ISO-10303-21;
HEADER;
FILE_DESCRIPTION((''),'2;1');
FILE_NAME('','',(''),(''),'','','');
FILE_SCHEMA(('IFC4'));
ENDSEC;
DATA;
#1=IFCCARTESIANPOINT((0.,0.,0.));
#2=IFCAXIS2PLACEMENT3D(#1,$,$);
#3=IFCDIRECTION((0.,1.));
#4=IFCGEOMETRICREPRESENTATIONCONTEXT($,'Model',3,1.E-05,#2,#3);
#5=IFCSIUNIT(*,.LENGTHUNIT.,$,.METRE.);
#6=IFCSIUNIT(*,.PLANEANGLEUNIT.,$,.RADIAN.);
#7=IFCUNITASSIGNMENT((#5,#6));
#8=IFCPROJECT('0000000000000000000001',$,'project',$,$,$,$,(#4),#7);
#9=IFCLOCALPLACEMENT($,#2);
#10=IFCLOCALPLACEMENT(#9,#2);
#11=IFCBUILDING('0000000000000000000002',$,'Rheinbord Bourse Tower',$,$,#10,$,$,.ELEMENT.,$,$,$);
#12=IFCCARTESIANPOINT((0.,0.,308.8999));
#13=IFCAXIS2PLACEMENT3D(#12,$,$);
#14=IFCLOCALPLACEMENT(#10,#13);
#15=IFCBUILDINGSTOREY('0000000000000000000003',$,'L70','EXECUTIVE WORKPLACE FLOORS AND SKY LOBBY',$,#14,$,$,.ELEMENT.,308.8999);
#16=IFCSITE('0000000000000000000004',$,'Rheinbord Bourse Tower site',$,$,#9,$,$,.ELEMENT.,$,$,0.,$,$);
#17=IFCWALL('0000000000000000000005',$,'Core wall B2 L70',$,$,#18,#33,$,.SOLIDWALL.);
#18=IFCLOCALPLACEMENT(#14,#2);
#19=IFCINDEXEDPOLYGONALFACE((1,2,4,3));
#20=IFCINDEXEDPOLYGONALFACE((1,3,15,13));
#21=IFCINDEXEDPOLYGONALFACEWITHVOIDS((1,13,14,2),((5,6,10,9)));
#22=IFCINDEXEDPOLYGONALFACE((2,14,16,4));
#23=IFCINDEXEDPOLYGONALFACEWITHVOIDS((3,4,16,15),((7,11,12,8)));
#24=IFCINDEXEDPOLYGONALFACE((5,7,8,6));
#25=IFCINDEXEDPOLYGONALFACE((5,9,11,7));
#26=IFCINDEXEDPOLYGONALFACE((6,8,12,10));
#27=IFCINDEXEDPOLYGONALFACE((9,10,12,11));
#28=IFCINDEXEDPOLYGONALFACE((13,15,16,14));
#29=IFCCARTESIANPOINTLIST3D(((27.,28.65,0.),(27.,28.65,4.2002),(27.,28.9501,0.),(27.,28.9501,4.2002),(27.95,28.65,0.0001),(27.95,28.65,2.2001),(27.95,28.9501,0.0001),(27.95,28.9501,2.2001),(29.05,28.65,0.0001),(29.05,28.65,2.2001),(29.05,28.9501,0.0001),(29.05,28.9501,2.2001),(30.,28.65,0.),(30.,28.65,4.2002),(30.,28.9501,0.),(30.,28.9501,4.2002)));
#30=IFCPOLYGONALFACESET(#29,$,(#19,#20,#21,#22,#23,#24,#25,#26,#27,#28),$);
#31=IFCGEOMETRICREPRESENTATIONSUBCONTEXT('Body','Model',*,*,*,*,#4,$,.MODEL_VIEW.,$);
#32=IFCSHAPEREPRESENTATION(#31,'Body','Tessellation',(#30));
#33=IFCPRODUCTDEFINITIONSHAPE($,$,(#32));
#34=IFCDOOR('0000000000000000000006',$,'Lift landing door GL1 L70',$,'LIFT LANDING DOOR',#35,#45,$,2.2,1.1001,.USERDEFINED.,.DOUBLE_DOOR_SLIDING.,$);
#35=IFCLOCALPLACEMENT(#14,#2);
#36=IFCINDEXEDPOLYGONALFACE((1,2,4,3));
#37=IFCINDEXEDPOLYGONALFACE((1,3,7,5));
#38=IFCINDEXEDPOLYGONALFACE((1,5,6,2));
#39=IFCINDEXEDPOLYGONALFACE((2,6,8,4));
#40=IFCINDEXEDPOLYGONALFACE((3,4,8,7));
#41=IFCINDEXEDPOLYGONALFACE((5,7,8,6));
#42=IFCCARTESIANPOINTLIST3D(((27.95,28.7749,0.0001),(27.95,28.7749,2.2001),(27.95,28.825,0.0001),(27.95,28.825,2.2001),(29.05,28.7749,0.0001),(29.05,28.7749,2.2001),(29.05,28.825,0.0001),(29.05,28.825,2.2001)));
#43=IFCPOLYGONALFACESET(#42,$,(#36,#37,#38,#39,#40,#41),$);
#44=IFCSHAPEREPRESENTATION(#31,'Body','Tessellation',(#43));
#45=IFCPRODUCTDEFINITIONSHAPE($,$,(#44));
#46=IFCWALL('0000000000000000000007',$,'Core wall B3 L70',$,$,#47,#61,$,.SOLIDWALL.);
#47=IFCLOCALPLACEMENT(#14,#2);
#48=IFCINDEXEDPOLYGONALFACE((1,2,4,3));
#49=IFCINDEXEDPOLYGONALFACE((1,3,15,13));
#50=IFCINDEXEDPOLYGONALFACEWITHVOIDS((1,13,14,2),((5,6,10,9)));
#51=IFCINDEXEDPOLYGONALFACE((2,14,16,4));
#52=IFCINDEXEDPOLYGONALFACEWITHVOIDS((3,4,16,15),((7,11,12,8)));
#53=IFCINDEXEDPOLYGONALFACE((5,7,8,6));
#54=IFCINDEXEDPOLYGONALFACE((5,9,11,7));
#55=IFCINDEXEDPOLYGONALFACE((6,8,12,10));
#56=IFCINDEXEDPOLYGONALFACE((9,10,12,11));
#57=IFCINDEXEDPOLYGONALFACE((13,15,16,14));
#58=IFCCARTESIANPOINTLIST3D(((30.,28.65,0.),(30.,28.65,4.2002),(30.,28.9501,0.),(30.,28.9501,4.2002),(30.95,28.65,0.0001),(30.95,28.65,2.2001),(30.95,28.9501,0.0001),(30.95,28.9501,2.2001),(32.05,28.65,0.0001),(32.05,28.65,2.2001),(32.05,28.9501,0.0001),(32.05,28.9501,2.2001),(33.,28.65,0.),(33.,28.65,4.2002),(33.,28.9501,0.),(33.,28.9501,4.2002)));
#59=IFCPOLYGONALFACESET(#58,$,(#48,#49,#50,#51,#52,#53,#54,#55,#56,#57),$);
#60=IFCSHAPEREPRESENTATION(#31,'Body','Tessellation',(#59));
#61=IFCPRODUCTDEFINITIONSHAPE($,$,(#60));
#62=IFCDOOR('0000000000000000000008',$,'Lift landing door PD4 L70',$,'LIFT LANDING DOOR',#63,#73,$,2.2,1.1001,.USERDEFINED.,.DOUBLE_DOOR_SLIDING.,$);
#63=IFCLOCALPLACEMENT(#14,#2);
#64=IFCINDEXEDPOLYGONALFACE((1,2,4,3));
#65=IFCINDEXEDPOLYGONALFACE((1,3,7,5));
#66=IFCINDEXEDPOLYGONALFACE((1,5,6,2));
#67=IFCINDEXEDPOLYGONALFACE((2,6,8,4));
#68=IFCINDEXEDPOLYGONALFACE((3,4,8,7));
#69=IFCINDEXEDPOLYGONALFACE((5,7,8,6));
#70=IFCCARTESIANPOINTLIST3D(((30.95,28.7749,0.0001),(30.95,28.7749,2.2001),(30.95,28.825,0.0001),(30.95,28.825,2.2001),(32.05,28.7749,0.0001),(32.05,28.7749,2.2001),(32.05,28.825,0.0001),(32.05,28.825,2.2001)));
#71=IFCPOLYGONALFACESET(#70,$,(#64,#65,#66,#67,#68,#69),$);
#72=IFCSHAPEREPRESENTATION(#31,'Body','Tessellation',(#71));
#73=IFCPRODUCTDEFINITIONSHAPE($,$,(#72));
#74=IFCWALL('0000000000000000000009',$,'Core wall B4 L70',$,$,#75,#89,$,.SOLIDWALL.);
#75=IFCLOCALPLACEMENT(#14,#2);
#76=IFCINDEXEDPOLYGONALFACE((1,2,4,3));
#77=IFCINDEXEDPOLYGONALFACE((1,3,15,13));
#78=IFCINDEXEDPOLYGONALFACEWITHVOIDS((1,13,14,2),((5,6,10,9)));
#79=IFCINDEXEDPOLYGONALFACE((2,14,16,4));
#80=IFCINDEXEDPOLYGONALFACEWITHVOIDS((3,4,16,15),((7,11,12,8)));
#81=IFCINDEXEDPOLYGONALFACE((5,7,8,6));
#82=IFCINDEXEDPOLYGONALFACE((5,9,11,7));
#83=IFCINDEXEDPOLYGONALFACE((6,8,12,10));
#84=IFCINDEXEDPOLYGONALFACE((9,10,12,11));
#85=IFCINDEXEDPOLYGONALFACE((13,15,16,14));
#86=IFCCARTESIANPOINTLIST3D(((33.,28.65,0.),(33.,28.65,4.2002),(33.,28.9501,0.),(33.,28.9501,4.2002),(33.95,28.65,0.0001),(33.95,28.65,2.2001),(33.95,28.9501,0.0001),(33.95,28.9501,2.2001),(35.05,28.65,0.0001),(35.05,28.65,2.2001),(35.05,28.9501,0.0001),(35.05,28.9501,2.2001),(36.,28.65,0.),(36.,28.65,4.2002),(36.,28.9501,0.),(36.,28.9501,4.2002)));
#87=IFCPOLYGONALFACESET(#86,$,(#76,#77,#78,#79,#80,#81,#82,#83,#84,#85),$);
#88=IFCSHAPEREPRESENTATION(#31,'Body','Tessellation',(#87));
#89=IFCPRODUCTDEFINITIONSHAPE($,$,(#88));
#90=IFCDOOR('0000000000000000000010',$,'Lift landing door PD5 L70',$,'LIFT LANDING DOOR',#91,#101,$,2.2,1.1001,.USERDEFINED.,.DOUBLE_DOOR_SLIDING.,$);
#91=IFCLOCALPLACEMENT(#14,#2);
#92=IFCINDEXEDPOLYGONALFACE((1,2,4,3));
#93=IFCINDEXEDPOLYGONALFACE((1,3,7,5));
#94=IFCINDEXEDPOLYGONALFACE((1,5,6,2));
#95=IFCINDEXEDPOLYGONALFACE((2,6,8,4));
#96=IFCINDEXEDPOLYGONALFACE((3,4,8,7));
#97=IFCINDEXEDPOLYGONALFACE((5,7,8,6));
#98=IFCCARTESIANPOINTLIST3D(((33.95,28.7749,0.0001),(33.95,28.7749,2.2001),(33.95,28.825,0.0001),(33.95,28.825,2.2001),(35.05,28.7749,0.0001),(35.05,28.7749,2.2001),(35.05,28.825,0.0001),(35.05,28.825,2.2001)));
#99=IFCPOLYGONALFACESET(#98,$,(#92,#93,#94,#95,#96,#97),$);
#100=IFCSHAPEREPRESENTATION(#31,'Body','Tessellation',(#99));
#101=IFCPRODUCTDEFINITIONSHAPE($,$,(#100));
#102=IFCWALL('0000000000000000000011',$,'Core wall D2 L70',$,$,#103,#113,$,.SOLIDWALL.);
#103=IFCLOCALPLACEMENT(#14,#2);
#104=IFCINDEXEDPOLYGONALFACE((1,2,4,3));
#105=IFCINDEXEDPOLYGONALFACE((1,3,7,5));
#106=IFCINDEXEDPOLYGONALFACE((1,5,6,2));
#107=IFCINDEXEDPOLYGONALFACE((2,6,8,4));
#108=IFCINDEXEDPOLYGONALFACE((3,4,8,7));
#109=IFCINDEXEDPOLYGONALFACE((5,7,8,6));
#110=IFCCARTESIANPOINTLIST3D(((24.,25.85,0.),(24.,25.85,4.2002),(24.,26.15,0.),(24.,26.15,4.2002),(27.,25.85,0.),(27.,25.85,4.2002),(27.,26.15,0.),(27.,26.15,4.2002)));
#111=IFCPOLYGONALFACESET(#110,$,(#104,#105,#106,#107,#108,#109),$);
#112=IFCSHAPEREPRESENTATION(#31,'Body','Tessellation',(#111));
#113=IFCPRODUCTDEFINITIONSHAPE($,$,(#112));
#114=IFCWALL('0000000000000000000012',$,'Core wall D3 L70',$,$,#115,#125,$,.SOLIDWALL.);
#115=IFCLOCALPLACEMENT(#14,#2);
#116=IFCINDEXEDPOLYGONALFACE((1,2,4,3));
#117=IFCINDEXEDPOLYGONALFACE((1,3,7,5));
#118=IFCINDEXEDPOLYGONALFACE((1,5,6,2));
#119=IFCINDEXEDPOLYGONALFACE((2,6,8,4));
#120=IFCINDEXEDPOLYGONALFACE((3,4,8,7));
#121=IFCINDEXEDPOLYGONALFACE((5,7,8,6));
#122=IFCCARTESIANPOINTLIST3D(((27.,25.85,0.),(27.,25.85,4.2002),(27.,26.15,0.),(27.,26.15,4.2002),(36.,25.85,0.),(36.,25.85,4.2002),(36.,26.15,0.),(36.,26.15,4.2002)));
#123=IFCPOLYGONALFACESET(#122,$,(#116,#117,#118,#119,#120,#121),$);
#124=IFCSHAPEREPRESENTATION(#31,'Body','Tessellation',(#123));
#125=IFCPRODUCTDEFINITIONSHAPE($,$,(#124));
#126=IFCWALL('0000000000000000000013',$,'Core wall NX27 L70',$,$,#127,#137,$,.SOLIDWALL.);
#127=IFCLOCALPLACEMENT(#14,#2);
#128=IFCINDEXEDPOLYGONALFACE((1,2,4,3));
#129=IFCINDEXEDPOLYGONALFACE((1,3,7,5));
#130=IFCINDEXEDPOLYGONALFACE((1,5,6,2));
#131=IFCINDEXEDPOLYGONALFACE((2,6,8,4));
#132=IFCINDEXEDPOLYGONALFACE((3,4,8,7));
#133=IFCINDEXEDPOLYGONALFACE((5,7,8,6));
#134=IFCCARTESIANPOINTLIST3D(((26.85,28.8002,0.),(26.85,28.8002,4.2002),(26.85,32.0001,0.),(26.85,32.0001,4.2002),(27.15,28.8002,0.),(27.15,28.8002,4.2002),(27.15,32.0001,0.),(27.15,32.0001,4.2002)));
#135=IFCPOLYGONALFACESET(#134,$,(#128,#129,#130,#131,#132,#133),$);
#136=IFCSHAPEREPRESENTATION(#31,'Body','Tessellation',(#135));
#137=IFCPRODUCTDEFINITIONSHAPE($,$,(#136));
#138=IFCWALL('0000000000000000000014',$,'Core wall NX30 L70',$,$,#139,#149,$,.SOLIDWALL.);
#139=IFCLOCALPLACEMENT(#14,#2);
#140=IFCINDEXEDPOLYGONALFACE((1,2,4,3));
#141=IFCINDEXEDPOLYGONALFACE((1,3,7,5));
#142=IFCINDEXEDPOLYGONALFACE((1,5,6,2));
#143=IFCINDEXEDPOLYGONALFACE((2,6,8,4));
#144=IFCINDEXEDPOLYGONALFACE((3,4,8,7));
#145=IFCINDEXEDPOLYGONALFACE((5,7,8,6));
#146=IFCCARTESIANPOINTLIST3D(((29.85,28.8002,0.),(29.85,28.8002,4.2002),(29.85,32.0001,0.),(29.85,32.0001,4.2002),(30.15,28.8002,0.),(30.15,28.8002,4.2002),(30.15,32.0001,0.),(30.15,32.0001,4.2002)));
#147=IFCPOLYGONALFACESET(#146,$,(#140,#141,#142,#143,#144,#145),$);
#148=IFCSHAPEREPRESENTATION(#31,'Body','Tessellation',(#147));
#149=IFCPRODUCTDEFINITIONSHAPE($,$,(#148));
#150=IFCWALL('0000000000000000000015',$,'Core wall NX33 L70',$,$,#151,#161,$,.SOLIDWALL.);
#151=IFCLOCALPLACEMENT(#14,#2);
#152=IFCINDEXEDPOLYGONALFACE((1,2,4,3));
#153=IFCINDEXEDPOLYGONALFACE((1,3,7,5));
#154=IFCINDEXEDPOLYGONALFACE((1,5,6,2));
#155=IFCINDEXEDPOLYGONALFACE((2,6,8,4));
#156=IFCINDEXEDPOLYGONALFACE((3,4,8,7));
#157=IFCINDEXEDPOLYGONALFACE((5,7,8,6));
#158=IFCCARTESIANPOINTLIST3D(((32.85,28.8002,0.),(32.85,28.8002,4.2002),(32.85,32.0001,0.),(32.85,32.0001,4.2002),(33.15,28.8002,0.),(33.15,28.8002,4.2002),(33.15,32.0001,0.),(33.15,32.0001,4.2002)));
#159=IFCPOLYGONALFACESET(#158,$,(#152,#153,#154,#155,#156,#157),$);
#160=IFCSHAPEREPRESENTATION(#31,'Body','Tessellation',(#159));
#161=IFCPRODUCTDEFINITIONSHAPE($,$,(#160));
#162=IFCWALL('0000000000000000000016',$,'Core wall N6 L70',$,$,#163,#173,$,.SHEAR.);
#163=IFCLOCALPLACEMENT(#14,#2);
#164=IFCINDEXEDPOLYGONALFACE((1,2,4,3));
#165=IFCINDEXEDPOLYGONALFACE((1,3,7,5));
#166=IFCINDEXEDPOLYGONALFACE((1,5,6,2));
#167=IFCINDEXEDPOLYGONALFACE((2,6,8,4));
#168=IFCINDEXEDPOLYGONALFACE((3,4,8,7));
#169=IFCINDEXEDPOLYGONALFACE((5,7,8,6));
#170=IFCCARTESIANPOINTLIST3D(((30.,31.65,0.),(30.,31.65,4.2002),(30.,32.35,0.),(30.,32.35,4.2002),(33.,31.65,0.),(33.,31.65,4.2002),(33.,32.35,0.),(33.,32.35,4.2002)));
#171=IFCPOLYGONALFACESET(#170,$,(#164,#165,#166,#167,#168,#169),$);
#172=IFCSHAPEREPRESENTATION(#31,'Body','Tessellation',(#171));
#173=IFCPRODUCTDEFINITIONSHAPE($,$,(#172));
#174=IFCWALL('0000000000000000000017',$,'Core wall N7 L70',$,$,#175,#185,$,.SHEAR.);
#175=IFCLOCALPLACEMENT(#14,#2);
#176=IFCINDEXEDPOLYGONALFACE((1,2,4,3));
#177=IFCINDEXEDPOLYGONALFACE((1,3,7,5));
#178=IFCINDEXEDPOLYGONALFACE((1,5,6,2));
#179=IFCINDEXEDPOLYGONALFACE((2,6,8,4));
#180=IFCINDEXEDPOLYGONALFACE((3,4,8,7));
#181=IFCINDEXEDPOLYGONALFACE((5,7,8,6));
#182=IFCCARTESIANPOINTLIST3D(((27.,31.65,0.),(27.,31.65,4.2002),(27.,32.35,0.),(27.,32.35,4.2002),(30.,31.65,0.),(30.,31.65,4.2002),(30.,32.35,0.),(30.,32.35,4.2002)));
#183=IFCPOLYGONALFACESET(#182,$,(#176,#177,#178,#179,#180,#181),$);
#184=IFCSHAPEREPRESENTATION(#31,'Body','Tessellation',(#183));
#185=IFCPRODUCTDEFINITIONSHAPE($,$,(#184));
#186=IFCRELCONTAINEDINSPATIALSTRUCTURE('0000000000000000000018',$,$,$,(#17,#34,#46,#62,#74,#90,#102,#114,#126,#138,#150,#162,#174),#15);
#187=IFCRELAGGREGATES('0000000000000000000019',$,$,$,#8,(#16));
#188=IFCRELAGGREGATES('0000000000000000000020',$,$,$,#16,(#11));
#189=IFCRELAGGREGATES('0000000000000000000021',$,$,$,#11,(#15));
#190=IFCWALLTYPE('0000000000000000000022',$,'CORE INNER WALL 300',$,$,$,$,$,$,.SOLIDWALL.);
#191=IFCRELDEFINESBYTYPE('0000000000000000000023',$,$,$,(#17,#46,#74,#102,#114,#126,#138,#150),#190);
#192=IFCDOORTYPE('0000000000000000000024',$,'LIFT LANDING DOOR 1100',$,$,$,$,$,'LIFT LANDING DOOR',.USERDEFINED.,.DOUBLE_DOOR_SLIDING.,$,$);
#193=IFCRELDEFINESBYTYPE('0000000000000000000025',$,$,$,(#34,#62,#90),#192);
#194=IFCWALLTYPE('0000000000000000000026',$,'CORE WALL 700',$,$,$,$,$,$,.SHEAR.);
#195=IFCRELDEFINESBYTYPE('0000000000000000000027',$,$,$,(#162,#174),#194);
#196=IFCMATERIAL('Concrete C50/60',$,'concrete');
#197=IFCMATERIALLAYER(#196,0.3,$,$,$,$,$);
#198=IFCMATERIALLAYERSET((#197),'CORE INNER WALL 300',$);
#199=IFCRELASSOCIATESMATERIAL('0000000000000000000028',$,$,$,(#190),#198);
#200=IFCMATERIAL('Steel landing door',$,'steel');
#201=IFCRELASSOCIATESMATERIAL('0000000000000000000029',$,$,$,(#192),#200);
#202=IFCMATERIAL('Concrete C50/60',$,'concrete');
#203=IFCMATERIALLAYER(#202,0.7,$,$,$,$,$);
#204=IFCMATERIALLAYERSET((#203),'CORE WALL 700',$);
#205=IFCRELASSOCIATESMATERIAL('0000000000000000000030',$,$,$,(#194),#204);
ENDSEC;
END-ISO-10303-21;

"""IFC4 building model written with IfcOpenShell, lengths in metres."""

from ifc_helpers import new_model, si_unit, direction, frame, frame_2d, origin, place, context, subcontext, project, spatial, rectangle, extrude, material, layer, layer_set, type_object, element, fill, save


model = new_model("IFC4")

# Units and contexts
model_context = context("Model", 3, precision=1e-05, world=origin(), true_north=direction((0.0, 1.0)))
body_context = subcontext(model_context, "Body", "Model", "MODEL_VIEW")
ifc_project = project(units=[si_unit("LENGTHUNIT", "METRE"), si_unit("PLANEANGLEUNIT", "RADIAN")], contexts=[model_context])

# Site, building, storey
site_placement = place(None, origin())
site = spatial("IfcSite", under=ifc_project, at=site_placement, Name="Rheinbord Bourse Tower site", CompositionType="ELEMENT", RefElevation=0.0)
building_placement = place(site_placement, origin())
building = spatial("IfcBuilding", under=site, at=building_placement, Name="Rheinbord Bourse Tower", CompositionType="ELEMENT")
storey_placement = place(building_placement, frame((0.0, 0.0, 308.8999)))
storey = spatial("IfcBuildingStorey", under=building, at=storey_placement, Name="L70", Description="EXECUTIVE WORKPLACE FLOORS AND SKY LOBBY", CompositionType="ELEMENT", Elevation=308.8999)

# Walls, openings, doors
ifc_material_1 = material(Name="Concrete C50/60", Category="concrete")
ifc_layer_1 = layer(ifc_material_1, 0.3)
ifc_layer_set_1 = layer_set([ifc_layer_1], Name="CORE INNER WALL 300")
wall_type_1 = type_object("IfcWallType", Name="CORE INNER WALL 300", PredefinedType="SOLIDWALL", material=ifc_layer_set_1)
wall_1_placement = place(storey_placement, frame((27.0, 28.8, 0.0), z_axis=(0.0, 0.0, 1.0), x_axis=(1.0, 0.0, 0.0)))
wall_1 = element("IfcWall", 1, at=wall_1_placement, inside=storey, type_object=wall_type_1, Name="Core wall B2 L70", PredefinedType="SOLIDWALL", context=body_context, shape_type="SweptSolid", body=[
    extrude(rectangle(XDim=3.0, YDim=0.3, at=frame_2d((1.5, 0.0))), origin(), (0.0, 0.0, 1.0), 4.2002),
])
opening_1_placement = place(wall_1_placement, frame((0.95, 0.0, 0.0)))
opening_1 = element("IfcOpeningElement", 2, at=opening_1_placement, cuts=wall_1, PredefinedType="OPENING", context=body_context, shape_type="SweptSolid", body=[
    extrude(rectangle(XDim=1.1001, YDim=2.2, at=frame_2d((0.55, 1.1001))), frame((0.0, 0.1599, 0.0), z_axis=(0.0, -1.0, 0.0), x_axis=(1.0, 0.0, 0.0)), (0.0, 0.0, 1.0), 0.3201),
])
ifc_material_2 = material(Name="Steel landing door", Category="steel")
door_type = type_object("IfcDoorType", Name="LIFT LANDING DOOR 1100", ElementType="LIFT LANDING DOOR", OperationType="DOUBLE_DOOR_SLIDING", PredefinedType="USERDEFINED", material=ifc_material_2)
door_1_placement = place(opening_1_placement, origin())
door_1 = element("IfcDoor", 3, at=door_1_placement, inside=storey, type_object=door_type, Name="Lift landing door GL1 L70", ObjectType="LIFT LANDING DOOR", OperationType="DOUBLE_DOOR_SLIDING", OverallHeight=2.2, OverallWidth=1.1001, PredefinedType="USERDEFINED", context=body_context, shape_type="SweptSolid", body=[
    extrude(rectangle(XDim=1.1001, YDim=2.2, at=frame_2d((0.55, 1.1001))), frame((0.0, 0.0249, 0.0), z_axis=(0.0, -1.0, 0.0), x_axis=(1.0, 0.0, 0.0)), (0.0, 0.0, 1.0), 0.05),
])
fill(opening_1, door_1)
wall_2_placement = place(storey_placement, frame((30.0, 28.8, 0.0), z_axis=(0.0, 0.0, 1.0), x_axis=(1.0, 0.0, 0.0)))
wall_2 = element("IfcWall", 4, at=wall_2_placement, inside=storey, type_object=wall_type_1, Name="Core wall B3 L70", PredefinedType="SOLIDWALL", context=body_context, shape_type="SweptSolid", body=[
    extrude(rectangle(XDim=3.0, YDim=0.3, at=frame_2d((1.5, 0.0))), origin(), (0.0, 0.0, 1.0), 4.2002),
])
opening_2_placement = place(wall_2_placement, frame((0.95, 0.0, 0.0)))
opening_2 = element("IfcOpeningElement", 5, at=opening_2_placement, cuts=wall_2, PredefinedType="OPENING", context=body_context, shape_type="SweptSolid", body=[
    extrude(rectangle(XDim=1.1001, YDim=2.2, at=frame_2d((0.55, 1.1001))), frame((0.0, 0.1599, 0.0), z_axis=(0.0, -1.0, 0.0), x_axis=(1.0, 0.0, 0.0)), (0.0, 0.0, 1.0), 0.3201),
])
door_2_placement = place(opening_2_placement, origin())
door_2 = element("IfcDoor", 6, at=door_2_placement, inside=storey, type_object=door_type, Name="Lift landing door PD4 L70", ObjectType="LIFT LANDING DOOR", OperationType="DOUBLE_DOOR_SLIDING", OverallHeight=2.2, OverallWidth=1.1001, PredefinedType="USERDEFINED", context=body_context, shape_type="SweptSolid", body=[
    extrude(rectangle(XDim=1.1001, YDim=2.2, at=frame_2d((0.55, 1.1001))), frame((0.0, 0.0249, 0.0), z_axis=(0.0, -1.0, 0.0), x_axis=(1.0, 0.0, 0.0)), (0.0, 0.0, 1.0), 0.05),
])
fill(opening_2, door_2)
wall_3_placement = place(storey_placement, frame((33.0, 28.8, 0.0), z_axis=(0.0, 0.0, 1.0), x_axis=(1.0, 0.0, 0.0)))
wall_3 = element("IfcWall", 7, at=wall_3_placement, inside=storey, type_object=wall_type_1, Name="Core wall B4 L70", PredefinedType="SOLIDWALL", context=body_context, shape_type="SweptSolid", body=[
    extrude(rectangle(XDim=3.0, YDim=0.3, at=frame_2d((1.5, 0.0))), origin(), (0.0, 0.0, 1.0), 4.2002),
])
opening_3_placement = place(wall_3_placement, frame((0.95, 0.0, 0.0)))
opening_3 = element("IfcOpeningElement", 8, at=opening_3_placement, cuts=wall_3, PredefinedType="OPENING", context=body_context, shape_type="SweptSolid", body=[
    extrude(rectangle(XDim=1.1001, YDim=2.2, at=frame_2d((0.55, 1.1001))), frame((0.0, 0.1599, 0.0), z_axis=(0.0, -1.0, 0.0), x_axis=(1.0, 0.0, 0.0)), (0.0, 0.0, 1.0), 0.3201),
])
door_3_placement = place(opening_3_placement, origin())
door_3 = element("IfcDoor", 9, at=door_3_placement, inside=storey, type_object=door_type, Name="Lift landing door PD5 L70", ObjectType="LIFT LANDING DOOR", OperationType="DOUBLE_DOOR_SLIDING", OverallHeight=2.2, OverallWidth=1.1001, PredefinedType="USERDEFINED", context=body_context, shape_type="SweptSolid", body=[
    extrude(rectangle(XDim=1.1001, YDim=2.2, at=frame_2d((0.55, 1.1001))), frame((0.0, 0.0249, 0.0), z_axis=(0.0, -1.0, 0.0), x_axis=(1.0, 0.0, 0.0)), (0.0, 0.0, 1.0), 0.05),
])
fill(opening_3, door_3)

# Walls
wall_4_placement = place(storey_placement, frame((24.0, 26.0, 0.0), z_axis=(0.0, 0.0, 1.0), x_axis=(1.0, 0.0, 0.0)))
element("IfcWall", 10, at=wall_4_placement, inside=storey, type_object=wall_type_1, Name="Core wall D2 L70", PredefinedType="SOLIDWALL", context=body_context, shape_type="SweptSolid", body=[
    extrude(rectangle(XDim=3.0, YDim=0.3, at=frame_2d((1.5, 0.0))), origin(), (0.0, 0.0, 1.0), 4.2002),
])
wall_5_placement = place(storey_placement, frame((27.0, 26.0, 0.0), z_axis=(0.0, 0.0, 1.0), x_axis=(1.0, 0.0, 0.0)))
element("IfcWall", 11, at=wall_5_placement, inside=storey, type_object=wall_type_1, Name="Core wall D3 L70", PredefinedType="SOLIDWALL", context=body_context, shape_type="SweptSolid", body=[
    extrude(rectangle(XDim=9.0, YDim=0.3, at=frame_2d((4.5, 0.0))), origin(), (0.0, 0.0, 1.0), 4.2002),
])
for number, where, z_axis, x_axis, name in (
    (12, (27.0, 28.8, 0.0), (0.0, 0.0, 1.0), (0.0, 1.0, 0.0), "Core wall NX27 L70"),
    (13, (30.0, 28.8, 0.0), (0.0, 0.0, 1.0), (0.0, 1.0, 0.0), "Core wall NX30 L70"),
    (14, (33.0, 28.8, 0.0), (0.0, 0.0, 1.0), (0.0, 1.0, 0.0), "Core wall NX33 L70"),
):
    element("IfcWall", number, at=place(storey_placement, frame(where, z_axis=z_axis, x_axis=x_axis)), inside=storey, type_object=wall_type_1, Name=name, PredefinedType="SOLIDWALL", context=body_context, shape_type="SweptSolid", body=[
        extrude(rectangle(XDim=3.2, YDim=0.3, at=frame_2d((1.6001, 0.0))), origin(), (0.0, 0.0, 1.0), 4.2002),
    ])
ifc_material_3 = material(Name="Concrete C50/60", Category="concrete")
ifc_layer_2 = layer(ifc_material_3, 0.7)
ifc_layer_set_2 = layer_set([ifc_layer_2], Name="CORE WALL 700")
wall_type_2 = type_object("IfcWallType", Name="CORE WALL 700", PredefinedType="SHEAR", material=ifc_layer_set_2)
for number, where, z_axis, x_axis, name in (
    (15, (33.0, 32.0, 0.0), (0.0, 0.0, 1.0), (-1.0, 0.0, 0.0), "Core wall N6 L70"),
    (16, (30.0, 32.0, 0.0), (0.0, 0.0, 1.0), (-1.0, 0.0, 0.0), "Core wall N7 L70"),
):
    element("IfcWall", number, at=place(storey_placement, frame(where, z_axis=z_axis, x_axis=x_axis)), inside=storey, type_object=wall_type_2, Name=name, PredefinedType="SHEAR", context=body_context, shape_type="SweptSolid", body=[
        extrude(rectangle(XDim=3.0, YDim=0.7, at=frame_2d((1.5, 0.0))), origin(), (0.0, 0.0, 1.0), 4.2002),
    ])

save(model, "model.ifc")
